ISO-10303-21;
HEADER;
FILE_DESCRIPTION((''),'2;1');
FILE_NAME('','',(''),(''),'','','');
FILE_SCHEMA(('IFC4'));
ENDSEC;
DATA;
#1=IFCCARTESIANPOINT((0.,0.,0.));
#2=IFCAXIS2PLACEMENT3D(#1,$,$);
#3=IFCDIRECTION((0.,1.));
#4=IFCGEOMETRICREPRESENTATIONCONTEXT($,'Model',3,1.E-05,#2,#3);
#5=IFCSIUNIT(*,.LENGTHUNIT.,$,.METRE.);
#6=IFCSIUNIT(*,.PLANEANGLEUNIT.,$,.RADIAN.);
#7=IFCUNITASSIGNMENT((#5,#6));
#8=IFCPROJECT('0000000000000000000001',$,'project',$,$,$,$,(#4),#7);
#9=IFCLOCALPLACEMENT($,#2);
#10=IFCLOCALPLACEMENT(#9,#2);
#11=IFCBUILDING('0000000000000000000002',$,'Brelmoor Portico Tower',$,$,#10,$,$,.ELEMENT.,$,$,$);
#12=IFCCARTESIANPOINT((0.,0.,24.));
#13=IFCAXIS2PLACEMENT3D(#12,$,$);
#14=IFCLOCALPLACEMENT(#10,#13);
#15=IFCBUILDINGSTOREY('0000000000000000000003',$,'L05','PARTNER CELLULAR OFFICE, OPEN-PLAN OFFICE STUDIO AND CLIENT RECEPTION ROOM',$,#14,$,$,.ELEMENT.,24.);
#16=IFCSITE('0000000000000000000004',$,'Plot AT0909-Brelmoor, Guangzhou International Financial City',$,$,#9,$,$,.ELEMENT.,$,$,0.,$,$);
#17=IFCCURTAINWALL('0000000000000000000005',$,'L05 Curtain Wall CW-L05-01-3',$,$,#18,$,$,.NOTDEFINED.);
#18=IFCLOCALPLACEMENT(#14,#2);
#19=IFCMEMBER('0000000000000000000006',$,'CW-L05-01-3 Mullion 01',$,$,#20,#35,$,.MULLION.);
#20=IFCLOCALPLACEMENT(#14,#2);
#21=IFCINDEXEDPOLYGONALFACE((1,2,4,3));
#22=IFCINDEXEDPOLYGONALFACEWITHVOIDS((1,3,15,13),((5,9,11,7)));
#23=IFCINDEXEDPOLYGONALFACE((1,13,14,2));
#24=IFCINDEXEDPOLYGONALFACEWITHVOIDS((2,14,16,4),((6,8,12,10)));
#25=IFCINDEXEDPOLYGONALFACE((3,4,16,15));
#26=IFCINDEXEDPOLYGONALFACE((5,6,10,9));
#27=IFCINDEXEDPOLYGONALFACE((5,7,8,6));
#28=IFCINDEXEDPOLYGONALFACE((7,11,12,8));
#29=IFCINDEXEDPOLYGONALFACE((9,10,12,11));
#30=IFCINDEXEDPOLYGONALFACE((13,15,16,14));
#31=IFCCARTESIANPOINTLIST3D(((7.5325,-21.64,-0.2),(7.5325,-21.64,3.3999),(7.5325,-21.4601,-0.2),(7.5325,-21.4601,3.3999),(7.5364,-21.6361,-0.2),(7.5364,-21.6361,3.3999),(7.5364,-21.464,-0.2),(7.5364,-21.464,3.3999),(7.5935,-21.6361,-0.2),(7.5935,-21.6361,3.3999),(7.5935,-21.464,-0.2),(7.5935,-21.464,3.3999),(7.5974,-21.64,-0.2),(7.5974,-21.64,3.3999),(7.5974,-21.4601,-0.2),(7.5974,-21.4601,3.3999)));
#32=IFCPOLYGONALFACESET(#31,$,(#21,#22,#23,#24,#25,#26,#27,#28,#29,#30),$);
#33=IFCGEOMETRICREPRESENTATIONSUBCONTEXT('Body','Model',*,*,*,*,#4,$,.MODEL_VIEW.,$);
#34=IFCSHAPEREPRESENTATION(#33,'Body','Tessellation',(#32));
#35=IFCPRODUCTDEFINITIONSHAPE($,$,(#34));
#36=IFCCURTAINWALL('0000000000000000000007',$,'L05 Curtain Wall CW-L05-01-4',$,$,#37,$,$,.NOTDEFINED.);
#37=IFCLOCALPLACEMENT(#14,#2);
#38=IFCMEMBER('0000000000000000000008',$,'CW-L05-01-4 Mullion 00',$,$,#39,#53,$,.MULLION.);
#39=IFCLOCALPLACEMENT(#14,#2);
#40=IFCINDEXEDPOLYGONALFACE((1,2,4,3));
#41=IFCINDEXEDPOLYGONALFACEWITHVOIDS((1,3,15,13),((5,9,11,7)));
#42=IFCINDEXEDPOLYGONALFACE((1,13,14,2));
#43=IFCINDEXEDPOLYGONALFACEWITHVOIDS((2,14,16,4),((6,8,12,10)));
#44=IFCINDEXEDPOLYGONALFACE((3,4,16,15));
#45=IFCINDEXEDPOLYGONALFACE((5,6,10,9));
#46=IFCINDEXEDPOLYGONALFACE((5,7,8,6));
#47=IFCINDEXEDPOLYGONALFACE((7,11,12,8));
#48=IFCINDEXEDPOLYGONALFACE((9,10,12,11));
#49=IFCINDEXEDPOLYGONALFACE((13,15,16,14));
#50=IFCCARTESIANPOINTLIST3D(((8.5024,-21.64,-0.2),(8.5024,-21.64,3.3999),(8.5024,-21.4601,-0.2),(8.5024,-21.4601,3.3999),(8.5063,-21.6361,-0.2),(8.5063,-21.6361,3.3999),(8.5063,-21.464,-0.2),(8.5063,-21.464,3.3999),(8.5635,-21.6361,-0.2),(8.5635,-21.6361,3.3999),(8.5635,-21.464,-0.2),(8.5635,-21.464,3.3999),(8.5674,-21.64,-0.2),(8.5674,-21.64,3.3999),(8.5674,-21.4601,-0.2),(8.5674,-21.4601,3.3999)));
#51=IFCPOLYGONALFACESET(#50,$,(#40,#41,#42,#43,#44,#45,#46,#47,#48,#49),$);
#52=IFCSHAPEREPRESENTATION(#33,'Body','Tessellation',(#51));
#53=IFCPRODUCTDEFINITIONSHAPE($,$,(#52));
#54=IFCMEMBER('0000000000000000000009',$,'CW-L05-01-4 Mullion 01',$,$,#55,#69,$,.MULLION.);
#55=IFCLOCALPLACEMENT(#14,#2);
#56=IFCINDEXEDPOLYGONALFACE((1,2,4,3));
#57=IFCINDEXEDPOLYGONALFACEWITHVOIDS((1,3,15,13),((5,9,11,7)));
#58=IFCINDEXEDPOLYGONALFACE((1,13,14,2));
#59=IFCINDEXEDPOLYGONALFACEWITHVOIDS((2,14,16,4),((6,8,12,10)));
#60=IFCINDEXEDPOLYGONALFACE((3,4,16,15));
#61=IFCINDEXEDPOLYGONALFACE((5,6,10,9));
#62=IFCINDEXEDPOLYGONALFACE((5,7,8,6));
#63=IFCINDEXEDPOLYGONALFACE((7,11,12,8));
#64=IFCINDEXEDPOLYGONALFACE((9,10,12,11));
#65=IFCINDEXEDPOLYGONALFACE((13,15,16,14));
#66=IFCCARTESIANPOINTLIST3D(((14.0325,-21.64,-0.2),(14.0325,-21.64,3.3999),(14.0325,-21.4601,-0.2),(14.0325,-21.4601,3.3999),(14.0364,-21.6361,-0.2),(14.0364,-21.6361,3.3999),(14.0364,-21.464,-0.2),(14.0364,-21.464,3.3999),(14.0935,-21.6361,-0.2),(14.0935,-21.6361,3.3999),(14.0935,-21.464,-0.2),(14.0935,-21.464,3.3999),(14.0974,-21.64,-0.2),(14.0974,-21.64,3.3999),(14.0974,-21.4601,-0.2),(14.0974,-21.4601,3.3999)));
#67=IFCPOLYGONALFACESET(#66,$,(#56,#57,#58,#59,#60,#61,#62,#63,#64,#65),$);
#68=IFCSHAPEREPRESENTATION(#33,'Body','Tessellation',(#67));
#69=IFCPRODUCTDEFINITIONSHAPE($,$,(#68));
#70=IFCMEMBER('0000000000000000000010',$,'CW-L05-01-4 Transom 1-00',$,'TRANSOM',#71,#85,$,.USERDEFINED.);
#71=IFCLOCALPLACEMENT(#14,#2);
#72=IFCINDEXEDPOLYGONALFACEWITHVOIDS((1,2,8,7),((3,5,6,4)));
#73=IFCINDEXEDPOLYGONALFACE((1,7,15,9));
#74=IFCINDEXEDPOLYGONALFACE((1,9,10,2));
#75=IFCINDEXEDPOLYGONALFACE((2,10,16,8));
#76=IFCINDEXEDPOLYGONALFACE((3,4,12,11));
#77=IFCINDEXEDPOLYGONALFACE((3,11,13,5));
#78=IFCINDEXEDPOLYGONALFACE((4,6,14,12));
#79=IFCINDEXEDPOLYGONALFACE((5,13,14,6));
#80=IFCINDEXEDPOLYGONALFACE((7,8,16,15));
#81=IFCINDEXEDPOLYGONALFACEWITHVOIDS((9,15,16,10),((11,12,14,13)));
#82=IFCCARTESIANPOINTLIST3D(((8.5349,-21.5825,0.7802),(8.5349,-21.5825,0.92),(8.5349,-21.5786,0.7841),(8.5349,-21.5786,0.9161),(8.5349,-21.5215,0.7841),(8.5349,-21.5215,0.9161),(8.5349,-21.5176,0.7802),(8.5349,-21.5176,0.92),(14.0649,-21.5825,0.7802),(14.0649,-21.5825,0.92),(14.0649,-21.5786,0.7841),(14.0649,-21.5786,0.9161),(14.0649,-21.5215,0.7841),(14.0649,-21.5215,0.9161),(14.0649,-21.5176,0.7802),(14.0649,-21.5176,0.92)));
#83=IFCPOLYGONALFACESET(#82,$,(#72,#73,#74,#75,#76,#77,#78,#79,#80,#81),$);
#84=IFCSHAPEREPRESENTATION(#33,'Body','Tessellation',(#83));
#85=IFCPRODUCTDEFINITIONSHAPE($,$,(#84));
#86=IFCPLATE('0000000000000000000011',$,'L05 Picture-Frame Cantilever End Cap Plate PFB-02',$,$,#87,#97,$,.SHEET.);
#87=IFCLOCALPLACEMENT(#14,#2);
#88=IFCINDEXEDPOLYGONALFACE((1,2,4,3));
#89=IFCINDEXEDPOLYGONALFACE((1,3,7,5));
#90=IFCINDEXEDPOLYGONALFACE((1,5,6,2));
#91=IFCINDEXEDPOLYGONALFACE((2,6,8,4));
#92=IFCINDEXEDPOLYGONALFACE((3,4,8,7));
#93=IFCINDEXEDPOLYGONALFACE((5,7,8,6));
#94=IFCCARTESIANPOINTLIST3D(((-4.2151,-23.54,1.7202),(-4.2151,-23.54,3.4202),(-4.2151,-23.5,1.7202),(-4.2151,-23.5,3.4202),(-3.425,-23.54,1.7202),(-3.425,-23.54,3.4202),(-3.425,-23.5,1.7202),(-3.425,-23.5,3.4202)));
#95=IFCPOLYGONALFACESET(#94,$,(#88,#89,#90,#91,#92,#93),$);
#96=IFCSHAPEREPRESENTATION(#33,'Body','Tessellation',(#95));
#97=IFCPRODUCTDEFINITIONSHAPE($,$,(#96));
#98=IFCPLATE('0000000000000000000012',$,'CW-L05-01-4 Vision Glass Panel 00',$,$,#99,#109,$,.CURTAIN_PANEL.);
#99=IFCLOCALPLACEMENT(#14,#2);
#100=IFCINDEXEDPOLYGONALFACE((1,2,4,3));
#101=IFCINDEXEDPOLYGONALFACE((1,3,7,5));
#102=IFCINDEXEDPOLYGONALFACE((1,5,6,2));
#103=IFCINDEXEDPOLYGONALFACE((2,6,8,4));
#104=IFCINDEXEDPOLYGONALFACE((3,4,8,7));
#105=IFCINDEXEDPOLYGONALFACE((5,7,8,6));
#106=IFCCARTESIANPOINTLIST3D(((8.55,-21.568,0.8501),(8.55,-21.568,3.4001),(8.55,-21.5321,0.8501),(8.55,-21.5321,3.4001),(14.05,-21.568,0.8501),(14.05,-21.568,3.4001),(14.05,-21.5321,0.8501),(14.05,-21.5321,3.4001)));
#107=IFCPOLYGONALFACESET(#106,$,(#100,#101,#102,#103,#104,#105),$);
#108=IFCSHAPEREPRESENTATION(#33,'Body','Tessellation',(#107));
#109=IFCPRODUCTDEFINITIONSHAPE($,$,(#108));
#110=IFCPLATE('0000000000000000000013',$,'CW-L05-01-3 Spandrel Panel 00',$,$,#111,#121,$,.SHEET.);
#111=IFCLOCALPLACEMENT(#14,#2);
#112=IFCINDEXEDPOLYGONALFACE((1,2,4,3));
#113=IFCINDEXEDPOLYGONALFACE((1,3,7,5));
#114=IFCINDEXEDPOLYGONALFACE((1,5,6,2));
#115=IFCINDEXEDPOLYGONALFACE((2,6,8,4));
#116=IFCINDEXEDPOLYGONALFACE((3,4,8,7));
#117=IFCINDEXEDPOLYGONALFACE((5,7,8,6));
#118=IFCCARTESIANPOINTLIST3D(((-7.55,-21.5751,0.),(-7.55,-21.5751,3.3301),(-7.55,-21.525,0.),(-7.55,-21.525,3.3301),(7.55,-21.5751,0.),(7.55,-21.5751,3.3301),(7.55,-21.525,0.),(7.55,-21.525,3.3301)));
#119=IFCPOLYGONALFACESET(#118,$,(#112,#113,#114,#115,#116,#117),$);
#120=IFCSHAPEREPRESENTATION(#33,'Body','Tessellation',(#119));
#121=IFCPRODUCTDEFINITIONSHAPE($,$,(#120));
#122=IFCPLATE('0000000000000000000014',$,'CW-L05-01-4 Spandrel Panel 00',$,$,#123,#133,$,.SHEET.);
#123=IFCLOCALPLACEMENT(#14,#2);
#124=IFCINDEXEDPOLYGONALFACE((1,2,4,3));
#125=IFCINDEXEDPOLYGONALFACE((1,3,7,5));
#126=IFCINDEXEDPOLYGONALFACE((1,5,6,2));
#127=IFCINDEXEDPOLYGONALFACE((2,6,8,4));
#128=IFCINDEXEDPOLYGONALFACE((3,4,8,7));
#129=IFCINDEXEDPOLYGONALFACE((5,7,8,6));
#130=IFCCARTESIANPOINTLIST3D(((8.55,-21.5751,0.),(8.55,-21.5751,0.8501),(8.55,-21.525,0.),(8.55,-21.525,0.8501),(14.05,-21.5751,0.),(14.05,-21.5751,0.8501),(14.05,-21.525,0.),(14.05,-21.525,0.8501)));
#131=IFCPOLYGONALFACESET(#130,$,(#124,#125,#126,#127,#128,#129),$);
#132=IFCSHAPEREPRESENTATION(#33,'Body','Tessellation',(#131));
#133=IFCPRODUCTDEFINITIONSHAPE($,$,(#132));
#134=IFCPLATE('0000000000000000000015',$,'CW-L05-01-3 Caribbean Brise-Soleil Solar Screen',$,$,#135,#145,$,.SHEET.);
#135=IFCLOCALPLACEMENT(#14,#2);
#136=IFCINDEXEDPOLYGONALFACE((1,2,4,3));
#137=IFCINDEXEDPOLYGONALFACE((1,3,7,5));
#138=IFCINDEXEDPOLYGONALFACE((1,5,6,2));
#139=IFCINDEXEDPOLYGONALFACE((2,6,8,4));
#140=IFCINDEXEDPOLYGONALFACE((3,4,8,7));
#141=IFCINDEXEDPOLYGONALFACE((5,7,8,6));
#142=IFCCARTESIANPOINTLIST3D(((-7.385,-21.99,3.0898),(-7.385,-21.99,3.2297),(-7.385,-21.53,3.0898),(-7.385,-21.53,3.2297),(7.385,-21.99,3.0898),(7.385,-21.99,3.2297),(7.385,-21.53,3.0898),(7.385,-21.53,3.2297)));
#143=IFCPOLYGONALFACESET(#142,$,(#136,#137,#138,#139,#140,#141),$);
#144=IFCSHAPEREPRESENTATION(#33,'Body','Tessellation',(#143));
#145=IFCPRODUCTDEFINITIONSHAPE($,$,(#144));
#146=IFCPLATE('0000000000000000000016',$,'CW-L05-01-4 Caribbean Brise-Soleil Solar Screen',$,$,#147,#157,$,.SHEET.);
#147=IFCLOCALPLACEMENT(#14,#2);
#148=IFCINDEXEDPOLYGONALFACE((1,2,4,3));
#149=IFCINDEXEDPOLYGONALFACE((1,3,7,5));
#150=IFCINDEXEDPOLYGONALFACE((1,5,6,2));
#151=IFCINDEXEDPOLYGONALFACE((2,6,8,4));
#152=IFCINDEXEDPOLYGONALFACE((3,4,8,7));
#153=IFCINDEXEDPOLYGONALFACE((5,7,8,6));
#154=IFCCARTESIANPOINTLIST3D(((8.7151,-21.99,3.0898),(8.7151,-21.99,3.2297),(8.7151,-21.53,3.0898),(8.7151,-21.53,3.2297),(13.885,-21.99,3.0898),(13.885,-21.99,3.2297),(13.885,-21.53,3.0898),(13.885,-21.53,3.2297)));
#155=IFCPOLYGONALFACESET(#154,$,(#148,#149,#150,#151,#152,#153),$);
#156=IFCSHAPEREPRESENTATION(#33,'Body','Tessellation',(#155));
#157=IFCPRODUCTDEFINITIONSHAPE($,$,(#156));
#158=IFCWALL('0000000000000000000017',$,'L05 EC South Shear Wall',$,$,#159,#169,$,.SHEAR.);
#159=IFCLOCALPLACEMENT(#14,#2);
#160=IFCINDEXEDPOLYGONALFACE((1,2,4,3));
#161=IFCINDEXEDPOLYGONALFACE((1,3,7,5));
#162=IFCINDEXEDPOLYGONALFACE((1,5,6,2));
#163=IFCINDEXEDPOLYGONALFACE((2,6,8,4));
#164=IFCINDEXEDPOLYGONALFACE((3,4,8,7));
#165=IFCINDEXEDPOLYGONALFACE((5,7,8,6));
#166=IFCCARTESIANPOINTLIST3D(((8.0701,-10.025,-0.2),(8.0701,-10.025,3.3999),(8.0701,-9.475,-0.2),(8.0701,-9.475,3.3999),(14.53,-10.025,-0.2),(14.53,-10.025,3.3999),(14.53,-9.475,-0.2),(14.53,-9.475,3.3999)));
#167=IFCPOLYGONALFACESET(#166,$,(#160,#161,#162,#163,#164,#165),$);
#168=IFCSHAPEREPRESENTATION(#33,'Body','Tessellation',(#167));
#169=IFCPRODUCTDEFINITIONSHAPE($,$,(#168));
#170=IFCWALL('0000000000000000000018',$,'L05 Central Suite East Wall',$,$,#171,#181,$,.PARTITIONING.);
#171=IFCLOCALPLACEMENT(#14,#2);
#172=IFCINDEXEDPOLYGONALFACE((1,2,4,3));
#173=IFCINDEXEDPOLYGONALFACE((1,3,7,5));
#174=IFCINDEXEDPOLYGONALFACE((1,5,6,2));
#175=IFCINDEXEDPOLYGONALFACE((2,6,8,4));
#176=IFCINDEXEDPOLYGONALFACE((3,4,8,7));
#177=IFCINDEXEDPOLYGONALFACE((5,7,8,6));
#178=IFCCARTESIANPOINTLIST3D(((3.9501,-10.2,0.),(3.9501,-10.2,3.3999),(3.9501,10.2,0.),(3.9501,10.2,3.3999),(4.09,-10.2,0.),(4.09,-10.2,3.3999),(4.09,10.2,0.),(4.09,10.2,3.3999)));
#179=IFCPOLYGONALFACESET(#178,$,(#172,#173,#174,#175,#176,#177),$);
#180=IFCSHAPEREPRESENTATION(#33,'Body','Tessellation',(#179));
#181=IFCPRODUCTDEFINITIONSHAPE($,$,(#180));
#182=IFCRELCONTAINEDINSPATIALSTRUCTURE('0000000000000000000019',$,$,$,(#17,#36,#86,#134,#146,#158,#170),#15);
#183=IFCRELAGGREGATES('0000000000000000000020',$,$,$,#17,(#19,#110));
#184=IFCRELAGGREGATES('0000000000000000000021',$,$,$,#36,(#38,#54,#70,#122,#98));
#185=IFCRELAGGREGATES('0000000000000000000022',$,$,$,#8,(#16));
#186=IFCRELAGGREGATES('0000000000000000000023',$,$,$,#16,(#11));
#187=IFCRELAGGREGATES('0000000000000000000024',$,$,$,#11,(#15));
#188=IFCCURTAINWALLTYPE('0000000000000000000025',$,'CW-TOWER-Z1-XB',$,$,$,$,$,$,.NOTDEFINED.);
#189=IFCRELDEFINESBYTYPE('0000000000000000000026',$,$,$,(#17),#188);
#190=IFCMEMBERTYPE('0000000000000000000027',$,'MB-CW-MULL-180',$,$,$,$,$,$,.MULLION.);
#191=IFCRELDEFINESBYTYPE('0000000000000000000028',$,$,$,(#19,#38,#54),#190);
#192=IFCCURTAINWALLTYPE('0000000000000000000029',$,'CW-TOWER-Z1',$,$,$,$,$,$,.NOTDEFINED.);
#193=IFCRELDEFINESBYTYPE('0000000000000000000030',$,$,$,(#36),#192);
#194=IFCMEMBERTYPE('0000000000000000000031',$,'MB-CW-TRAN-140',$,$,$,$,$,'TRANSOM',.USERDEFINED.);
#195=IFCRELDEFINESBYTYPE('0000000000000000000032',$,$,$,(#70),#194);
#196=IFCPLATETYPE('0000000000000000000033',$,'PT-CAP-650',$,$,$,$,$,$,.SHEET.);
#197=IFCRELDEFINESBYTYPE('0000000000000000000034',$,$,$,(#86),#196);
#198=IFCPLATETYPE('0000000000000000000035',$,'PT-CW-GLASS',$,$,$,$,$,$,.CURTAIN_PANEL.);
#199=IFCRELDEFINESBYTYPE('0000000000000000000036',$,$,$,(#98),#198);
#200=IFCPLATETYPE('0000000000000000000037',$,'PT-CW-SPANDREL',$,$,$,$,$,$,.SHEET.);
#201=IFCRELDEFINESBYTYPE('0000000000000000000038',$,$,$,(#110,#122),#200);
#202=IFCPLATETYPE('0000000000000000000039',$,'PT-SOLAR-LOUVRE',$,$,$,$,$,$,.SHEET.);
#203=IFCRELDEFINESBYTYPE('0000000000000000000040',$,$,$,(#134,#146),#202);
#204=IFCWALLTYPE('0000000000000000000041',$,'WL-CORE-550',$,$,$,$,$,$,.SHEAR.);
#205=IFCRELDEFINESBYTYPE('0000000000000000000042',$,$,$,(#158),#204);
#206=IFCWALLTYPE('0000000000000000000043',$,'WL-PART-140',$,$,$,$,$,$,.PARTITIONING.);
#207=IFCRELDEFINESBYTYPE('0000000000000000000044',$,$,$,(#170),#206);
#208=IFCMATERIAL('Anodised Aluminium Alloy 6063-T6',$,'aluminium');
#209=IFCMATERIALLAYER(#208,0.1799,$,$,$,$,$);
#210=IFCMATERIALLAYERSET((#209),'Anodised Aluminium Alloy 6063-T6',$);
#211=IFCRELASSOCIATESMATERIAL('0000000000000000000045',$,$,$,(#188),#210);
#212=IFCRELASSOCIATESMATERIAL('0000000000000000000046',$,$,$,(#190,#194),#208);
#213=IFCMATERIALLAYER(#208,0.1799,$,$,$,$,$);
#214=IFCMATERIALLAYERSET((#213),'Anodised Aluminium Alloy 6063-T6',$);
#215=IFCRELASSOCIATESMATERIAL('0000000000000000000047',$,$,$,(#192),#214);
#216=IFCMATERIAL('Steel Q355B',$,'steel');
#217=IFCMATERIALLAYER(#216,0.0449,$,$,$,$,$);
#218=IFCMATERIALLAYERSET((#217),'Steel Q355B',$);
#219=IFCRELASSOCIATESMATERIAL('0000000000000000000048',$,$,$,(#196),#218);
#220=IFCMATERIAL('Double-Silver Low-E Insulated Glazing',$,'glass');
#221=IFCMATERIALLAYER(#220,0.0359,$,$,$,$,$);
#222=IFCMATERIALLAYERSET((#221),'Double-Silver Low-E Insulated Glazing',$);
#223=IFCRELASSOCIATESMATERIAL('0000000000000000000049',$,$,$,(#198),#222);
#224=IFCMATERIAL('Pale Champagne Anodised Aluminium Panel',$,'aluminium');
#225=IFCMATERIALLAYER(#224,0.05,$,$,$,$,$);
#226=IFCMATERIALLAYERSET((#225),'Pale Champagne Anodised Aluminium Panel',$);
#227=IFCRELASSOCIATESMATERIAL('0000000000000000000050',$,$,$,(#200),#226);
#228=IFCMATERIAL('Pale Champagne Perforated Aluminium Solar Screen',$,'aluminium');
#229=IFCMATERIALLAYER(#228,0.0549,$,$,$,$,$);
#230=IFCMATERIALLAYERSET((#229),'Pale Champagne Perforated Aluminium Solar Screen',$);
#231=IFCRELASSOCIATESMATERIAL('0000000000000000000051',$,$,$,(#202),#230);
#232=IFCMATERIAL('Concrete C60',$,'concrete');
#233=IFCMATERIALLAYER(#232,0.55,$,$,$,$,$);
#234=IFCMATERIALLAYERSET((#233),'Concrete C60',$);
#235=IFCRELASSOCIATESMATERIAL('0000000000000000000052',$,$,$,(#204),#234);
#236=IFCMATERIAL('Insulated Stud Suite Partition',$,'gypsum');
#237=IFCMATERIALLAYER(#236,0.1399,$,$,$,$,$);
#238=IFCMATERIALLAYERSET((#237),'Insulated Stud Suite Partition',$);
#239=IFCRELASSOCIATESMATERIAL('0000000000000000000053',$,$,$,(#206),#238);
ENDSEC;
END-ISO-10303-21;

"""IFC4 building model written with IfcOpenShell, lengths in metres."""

from ifc_helpers import new_model, si_unit, direction, frame, frame_2d, origin, origin_2d, place, context, subcontext, project, spatial, rectangle, hollow_rectangle, extrude, material, layer, layer_set, material_profile, profile_set, type_object, element, aggregate, save


model = new_model("IFC4")

# Units and contexts
model_context = context("Model", 3, precision=1e-05, world=origin(), true_north=direction((0.0, 1.0)))
body_context = subcontext(model_context, "Body", "Model", "MODEL_VIEW")
ifc_project = project(units=[si_unit("LENGTHUNIT", "METRE"), si_unit("PLANEANGLEUNIT", "RADIAN")], contexts=[model_context])

# Site, building, storey
site_placement = place(None, origin())
site = spatial("IfcSite", under=ifc_project, at=site_placement, Name="Plot AT0909-Brelmoor, Guangzhou International Financial City", CompositionType="ELEMENT", RefElevation=0.0)
building_placement = place(site_placement, origin())
building = spatial("IfcBuilding", under=site, at=building_placement, Name="Brelmoor Portico Tower", CompositionType="ELEMENT")
storey_placement = place(building_placement, frame((0.0, 0.0, 24.0)))
storey = spatial("IfcBuildingStorey", under=building, at=storey_placement, Name="L05", Description="PARTNER CELLULAR OFFICE, OPEN-PLAN OFFICE STUDIO AND CLIENT RECEPTION ROOM", CompositionType="ELEMENT", Elevation=24.0)

# Shared definitions
ifc_material_1 = material(Name="Steel Q355B", Category="steel")

# Curtain wall, member
ifc_material_2 = material(Name="Anodised Aluminium Alloy 6063-T6", Category="aluminium")
ifc_layer_1 = layer(ifc_material_2, 0.1799)
ifc_layer_set_1 = layer_set([ifc_layer_1], Name="Anodised Aluminium Alloy 6063-T6")
curtain_wall_type_1 = type_object("IfcCurtainWallType", Name="CW-TOWER-Z1-XB", PredefinedType="NOTDEFINED", material=ifc_layer_set_1)
curtain_wall_1_placement = place(storey_placement, origin())
curtain_wall_1 = element("IfcCurtainWall", 1, at=curtain_wall_1_placement, inside=storey, type_object=curtain_wall_type_1, Name="L05 Curtain Wall CW-L05-01-3", PredefinedType="NOTDEFINED")
ifc_material_profile_1 = material_profile(ifc_material_2, hollow_rectangle(XDim=0.0649, YDim=0.1799, WallThickness=0.0039, at=origin_2d()), Name="ALU MULLION 65x180")
ifc_profile_set_1 = profile_set([ifc_material_profile_1], Name="Anodised Aluminium Alloy 6063-T6")
member_type_1 = type_object("IfcMemberType", Name="MB-CW-MULL-180", PredefinedType="MULLION", material=ifc_profile_set_1)
member_1_placement = place(storey_placement, frame((7.5649, -21.55, -0.2), z_axis=(0.0, 0.0, 1.0), x_axis=(1.0, 0.0, 0.0)))
member_1 = element("IfcMember", 2, at=member_1_placement, type_object=member_type_1, Name="CW-L05-01-3 Mullion 01", PredefinedType="MULLION", context=body_context, shape_type="SweptSolid", body=[
    extrude(hollow_rectangle(XDim=0.0649, YDim=0.1799, WallThickness=0.0039, at=origin_2d()), origin(), (0.0, 0.0, 1.0), 3.5999),
])

# Curtain wall, members
ifc_layer_2 = layer(ifc_material_2, 0.1799)
ifc_layer_set_2 = layer_set([ifc_layer_2], Name="Anodised Aluminium Alloy 6063-T6")
curtain_wall_type_2 = type_object("IfcCurtainWallType", Name="CW-TOWER-Z1", PredefinedType="NOTDEFINED", material=ifc_layer_set_2)
curtain_wall_2_placement = place(storey_placement, origin())
curtain_wall_2 = element("IfcCurtainWall", 3, at=curtain_wall_2_placement, inside=storey, type_object=curtain_wall_type_2, Name="L05 Curtain Wall CW-L05-01-4", PredefinedType="NOTDEFINED")
member_2_placement = place(storey_placement, frame((8.5349, -21.55, -0.2), z_axis=(0.0, 0.0, 1.0), x_axis=(1.0, 0.0, 0.0)))
member_2 = element("IfcMember", 4, at=member_2_placement, type_object=member_type_1, Name="CW-L05-01-4 Mullion 00", PredefinedType="MULLION", context=body_context, shape_type="SweptSolid", body=[
    extrude(hollow_rectangle(XDim=0.0649, YDim=0.1799, WallThickness=0.0039, at=origin_2d()), origin(), (0.0, 0.0, 1.0), 3.5999),
])
member_3_placement = place(storey_placement, frame((14.0649, -21.55, -0.2), z_axis=(0.0, 0.0, 1.0), x_axis=(1.0, 0.0, 0.0)))
member_3 = element("IfcMember", 5, at=member_3_placement, type_object=member_type_1, Name="CW-L05-01-4 Mullion 01", PredefinedType="MULLION", context=body_context, shape_type="SweptSolid", body=[
    extrude(hollow_rectangle(XDim=0.0649, YDim=0.1799, WallThickness=0.0039, at=origin_2d()), origin(), (0.0, 0.0, 1.0), 3.5999),
])
ifc_material_profile_2 = material_profile(ifc_material_2, hollow_rectangle(XDim=0.0649, YDim=0.1399, WallThickness=0.0039, at=origin_2d()), Name="ALU TRANSOM 65x140")
ifc_profile_set_2 = profile_set([ifc_material_profile_2], Name="Anodised Aluminium Alloy 6063-T6")
member_type_2 = type_object("IfcMemberType", Name="MB-CW-TRAN-140", ElementType="TRANSOM", PredefinedType="USERDEFINED", material=ifc_profile_set_2)
member_4_placement = place(storey_placement, frame((8.5349, -21.55, 0.8501), z_axis=(1.0, 0.0, 0.0), x_axis=(0.0, 1.0, 0.0)))
member_4 = element("IfcMember", 6, at=member_4_placement, type_object=member_type_2, Name="CW-L05-01-4 Transom 1-00", ObjectType="TRANSOM", PredefinedType="USERDEFINED", context=body_context, shape_type="SweptSolid", body=[
    extrude(hollow_rectangle(XDim=0.0649, YDim=0.1399, WallThickness=0.0039, at=origin_2d()), origin(), (0.0, 0.0, 1.0), 5.53),
])

# Plates
ifc_layer_3 = layer(ifc_material_1, 0.0449)
ifc_layer_set_3 = layer_set([ifc_layer_3], Name="Steel Q355B")
plate_type_1 = type_object("IfcPlateType", Name="PT-CAP-650", PredefinedType="SHEET", material=ifc_layer_set_3)
plate_1_placement = place(storey_placement, frame((-3.8201, -23.52, 1.7202), z_axis=(0.0, 0.0, 1.0), x_axis=(1.0, 0.0, 0.0)))
element("IfcPlate", 7, at=plate_1_placement, inside=storey, type_object=plate_type_1, Name="L05 Picture-Frame Cantilever End Cap Plate PFB-02", PredefinedType="SHEET", context=body_context, shape_type="SweptSolid", body=[
    extrude(rectangle(XDim=0.79, YDim=0.04, at=origin_2d()), origin(), (0.0, 0.0, 1.0), 1.7),
])
ifc_material_3 = material(Name="Double-Silver Low-E Insulated Glazing", Category="glass")
ifc_layer_4 = layer(ifc_material_3, 0.0359)
ifc_layer_set_4 = layer_set([ifc_layer_4], Name="Double-Silver Low-E Insulated Glazing")
plate_type_2 = type_object("IfcPlateType", Name="PT-CW-GLASS", PredefinedType="CURTAIN_PANEL", material=ifc_layer_set_4)
plate_2_placement = place(storey_placement, frame((11.3, -21.55, 0.8501), z_axis=(0.0, 0.0, 1.0), x_axis=(1.0, 0.0, 0.0)))
plate_2 = element("IfcPlate", 8, at=plate_2_placement, type_object=plate_type_2, Name="CW-L05-01-4 Vision Glass Panel 00", PredefinedType="CURTAIN_PANEL", context=body_context, shape_type="SweptSolid", body=[
    extrude(rectangle(XDim=5.5, YDim=0.0359, at=origin_2d()), origin(), (0.0, 0.0, 1.0), 2.55),
])
ifc_material_4 = material(Name="Pale Champagne Anodised Aluminium Panel", Category="aluminium")
ifc_layer_5 = layer(ifc_material_4, 0.05)
ifc_layer_set_5 = layer_set([ifc_layer_5], Name="Pale Champagne Anodised Aluminium Panel")
plate_type_3 = type_object("IfcPlateType", Name="PT-CW-SPANDREL", PredefinedType="SHEET", material=ifc_layer_set_5)
plate_3_placement = place(storey_placement, frame((0.0, -21.55, 0.0), z_axis=(0.0, 0.0, 1.0), x_axis=(1.0, 0.0, 0.0)))
plate_3 = element("IfcPlate", 9, at=plate_3_placement, type_object=plate_type_3, Name="CW-L05-01-3 Spandrel Panel 00", PredefinedType="SHEET", context=body_context, shape_type="SweptSolid", body=[
    extrude(rectangle(XDim=15.1001, YDim=0.05, at=origin_2d()), origin(), (0.0, 0.0, 1.0), 3.3301),
])
aggregate(curtain_wall_1, [member_1, plate_3])
plate_4_placement = place(storey_placement, frame((11.3, -21.55, 0.0), z_axis=(0.0, 0.0, 1.0), x_axis=(1.0, 0.0, 0.0)))
plate_4 = element("IfcPlate", 10, at=plate_4_placement, type_object=plate_type_3, Name="CW-L05-01-4 Spandrel Panel 00", PredefinedType="SHEET", context=body_context, shape_type="SweptSolid", body=[
    extrude(rectangle(XDim=5.5, YDim=0.05, at=origin_2d()), origin(), (0.0, 0.0, 1.0), 0.8501),
])
aggregate(curtain_wall_2, [member_2, member_3, member_4, plate_4, plate_2])

# Plates
ifc_material_5 = material(Name="Pale Champagne Perforated Aluminium Solar Screen", Category="aluminium")
ifc_layer_6 = layer(ifc_material_5, 0.0549)
ifc_layer_set_6 = layer_set([ifc_layer_6], Name="Pale Champagne Perforated Aluminium Solar Screen")
plate_type_4 = type_object("IfcPlateType", Name="PT-SOLAR-LOUVRE", PredefinedType="SHEET", material=ifc_layer_set_6)
plate_5_placement = place(storey_placement, frame((0.0, -21.76, 3.0898), z_axis=(0.0, 0.0, 1.0), x_axis=(1.0, 0.0, 0.0)))
element("IfcPlate", 11, at=plate_5_placement, inside=storey, type_object=plate_type_4, Name="CW-L05-01-3 Caribbean Brise-Soleil Solar Screen", PredefinedType="SHEET", context=body_context, shape_type="SweptSolid", body=[
    extrude(rectangle(XDim=14.77, YDim=0.46, at=origin_2d()), origin(), (0.0, 0.0, 1.0), 0.1399),
])
plate_6_placement = place(storey_placement, frame((11.3, -21.76, 3.0898), z_axis=(0.0, 0.0, 1.0), x_axis=(1.0, 0.0, 0.0)))
element("IfcPlate", 12, at=plate_6_placement, inside=storey, type_object=plate_type_4, Name="CW-L05-01-4 Caribbean Brise-Soleil Solar Screen", PredefinedType="SHEET", context=body_context, shape_type="SweptSolid", body=[
    extrude(rectangle(XDim=5.1699, YDim=0.46, at=origin_2d()), origin(), (0.0, 0.0, 1.0), 0.1399),
])

# Walls
ifc_material_6 = material(Name="Concrete C60", Category="concrete")
ifc_layer_7 = layer(ifc_material_6, 0.55)
ifc_layer_set_7 = layer_set([ifc_layer_7], Name="Concrete C60")
wall_type_1 = type_object("IfcWallType", Name="WL-CORE-550", PredefinedType="SHEAR", material=ifc_layer_set_7)
wall_1_placement = place(storey_placement, frame((8.0701, -9.75, -0.2), z_axis=(0.0, 0.0, 1.0), x_axis=(1.0, 0.0, 0.0)))
element("IfcWall", 13, at=wall_1_placement, inside=storey, type_object=wall_type_1, Name="L05 EC South Shear Wall", PredefinedType="SHEAR", context=body_context, shape_type="SweptSolid", body=[
    extrude(rectangle(XDim=6.46, YDim=0.55, at=frame_2d((3.23, 0.0))), origin(), (0.0, 0.0, 1.0), 3.5999),
])
ifc_material_7 = material(Name="Insulated Stud Suite Partition", Category="gypsum")
ifc_layer_8 = layer(ifc_material_7, 0.1399)
ifc_layer_set_8 = layer_set([ifc_layer_8], Name="Insulated Stud Suite Partition")
wall_type_2 = type_object("IfcWallType", Name="WL-PART-140", PredefinedType="PARTITIONING", material=ifc_layer_set_8)
wall_2_placement = place(storey_placement, frame((4.02, -10.2, 0.0), z_axis=(0.0, 0.0, 1.0), x_axis=(0.0, 1.0, 0.0)))
element("IfcWall", 14, at=wall_2_placement, inside=storey, type_object=wall_type_2, Name="L05 Central Suite East Wall", PredefinedType="PARTITIONING", context=body_context, shape_type="SweptSolid", body=[
    extrude(rectangle(XDim=20.3999, YDim=0.1399, at=frame_2d((10.2, 0.0))), origin(), (0.0, 0.0, 1.0), 3.3999),
])

save(model, "model.ifc")
